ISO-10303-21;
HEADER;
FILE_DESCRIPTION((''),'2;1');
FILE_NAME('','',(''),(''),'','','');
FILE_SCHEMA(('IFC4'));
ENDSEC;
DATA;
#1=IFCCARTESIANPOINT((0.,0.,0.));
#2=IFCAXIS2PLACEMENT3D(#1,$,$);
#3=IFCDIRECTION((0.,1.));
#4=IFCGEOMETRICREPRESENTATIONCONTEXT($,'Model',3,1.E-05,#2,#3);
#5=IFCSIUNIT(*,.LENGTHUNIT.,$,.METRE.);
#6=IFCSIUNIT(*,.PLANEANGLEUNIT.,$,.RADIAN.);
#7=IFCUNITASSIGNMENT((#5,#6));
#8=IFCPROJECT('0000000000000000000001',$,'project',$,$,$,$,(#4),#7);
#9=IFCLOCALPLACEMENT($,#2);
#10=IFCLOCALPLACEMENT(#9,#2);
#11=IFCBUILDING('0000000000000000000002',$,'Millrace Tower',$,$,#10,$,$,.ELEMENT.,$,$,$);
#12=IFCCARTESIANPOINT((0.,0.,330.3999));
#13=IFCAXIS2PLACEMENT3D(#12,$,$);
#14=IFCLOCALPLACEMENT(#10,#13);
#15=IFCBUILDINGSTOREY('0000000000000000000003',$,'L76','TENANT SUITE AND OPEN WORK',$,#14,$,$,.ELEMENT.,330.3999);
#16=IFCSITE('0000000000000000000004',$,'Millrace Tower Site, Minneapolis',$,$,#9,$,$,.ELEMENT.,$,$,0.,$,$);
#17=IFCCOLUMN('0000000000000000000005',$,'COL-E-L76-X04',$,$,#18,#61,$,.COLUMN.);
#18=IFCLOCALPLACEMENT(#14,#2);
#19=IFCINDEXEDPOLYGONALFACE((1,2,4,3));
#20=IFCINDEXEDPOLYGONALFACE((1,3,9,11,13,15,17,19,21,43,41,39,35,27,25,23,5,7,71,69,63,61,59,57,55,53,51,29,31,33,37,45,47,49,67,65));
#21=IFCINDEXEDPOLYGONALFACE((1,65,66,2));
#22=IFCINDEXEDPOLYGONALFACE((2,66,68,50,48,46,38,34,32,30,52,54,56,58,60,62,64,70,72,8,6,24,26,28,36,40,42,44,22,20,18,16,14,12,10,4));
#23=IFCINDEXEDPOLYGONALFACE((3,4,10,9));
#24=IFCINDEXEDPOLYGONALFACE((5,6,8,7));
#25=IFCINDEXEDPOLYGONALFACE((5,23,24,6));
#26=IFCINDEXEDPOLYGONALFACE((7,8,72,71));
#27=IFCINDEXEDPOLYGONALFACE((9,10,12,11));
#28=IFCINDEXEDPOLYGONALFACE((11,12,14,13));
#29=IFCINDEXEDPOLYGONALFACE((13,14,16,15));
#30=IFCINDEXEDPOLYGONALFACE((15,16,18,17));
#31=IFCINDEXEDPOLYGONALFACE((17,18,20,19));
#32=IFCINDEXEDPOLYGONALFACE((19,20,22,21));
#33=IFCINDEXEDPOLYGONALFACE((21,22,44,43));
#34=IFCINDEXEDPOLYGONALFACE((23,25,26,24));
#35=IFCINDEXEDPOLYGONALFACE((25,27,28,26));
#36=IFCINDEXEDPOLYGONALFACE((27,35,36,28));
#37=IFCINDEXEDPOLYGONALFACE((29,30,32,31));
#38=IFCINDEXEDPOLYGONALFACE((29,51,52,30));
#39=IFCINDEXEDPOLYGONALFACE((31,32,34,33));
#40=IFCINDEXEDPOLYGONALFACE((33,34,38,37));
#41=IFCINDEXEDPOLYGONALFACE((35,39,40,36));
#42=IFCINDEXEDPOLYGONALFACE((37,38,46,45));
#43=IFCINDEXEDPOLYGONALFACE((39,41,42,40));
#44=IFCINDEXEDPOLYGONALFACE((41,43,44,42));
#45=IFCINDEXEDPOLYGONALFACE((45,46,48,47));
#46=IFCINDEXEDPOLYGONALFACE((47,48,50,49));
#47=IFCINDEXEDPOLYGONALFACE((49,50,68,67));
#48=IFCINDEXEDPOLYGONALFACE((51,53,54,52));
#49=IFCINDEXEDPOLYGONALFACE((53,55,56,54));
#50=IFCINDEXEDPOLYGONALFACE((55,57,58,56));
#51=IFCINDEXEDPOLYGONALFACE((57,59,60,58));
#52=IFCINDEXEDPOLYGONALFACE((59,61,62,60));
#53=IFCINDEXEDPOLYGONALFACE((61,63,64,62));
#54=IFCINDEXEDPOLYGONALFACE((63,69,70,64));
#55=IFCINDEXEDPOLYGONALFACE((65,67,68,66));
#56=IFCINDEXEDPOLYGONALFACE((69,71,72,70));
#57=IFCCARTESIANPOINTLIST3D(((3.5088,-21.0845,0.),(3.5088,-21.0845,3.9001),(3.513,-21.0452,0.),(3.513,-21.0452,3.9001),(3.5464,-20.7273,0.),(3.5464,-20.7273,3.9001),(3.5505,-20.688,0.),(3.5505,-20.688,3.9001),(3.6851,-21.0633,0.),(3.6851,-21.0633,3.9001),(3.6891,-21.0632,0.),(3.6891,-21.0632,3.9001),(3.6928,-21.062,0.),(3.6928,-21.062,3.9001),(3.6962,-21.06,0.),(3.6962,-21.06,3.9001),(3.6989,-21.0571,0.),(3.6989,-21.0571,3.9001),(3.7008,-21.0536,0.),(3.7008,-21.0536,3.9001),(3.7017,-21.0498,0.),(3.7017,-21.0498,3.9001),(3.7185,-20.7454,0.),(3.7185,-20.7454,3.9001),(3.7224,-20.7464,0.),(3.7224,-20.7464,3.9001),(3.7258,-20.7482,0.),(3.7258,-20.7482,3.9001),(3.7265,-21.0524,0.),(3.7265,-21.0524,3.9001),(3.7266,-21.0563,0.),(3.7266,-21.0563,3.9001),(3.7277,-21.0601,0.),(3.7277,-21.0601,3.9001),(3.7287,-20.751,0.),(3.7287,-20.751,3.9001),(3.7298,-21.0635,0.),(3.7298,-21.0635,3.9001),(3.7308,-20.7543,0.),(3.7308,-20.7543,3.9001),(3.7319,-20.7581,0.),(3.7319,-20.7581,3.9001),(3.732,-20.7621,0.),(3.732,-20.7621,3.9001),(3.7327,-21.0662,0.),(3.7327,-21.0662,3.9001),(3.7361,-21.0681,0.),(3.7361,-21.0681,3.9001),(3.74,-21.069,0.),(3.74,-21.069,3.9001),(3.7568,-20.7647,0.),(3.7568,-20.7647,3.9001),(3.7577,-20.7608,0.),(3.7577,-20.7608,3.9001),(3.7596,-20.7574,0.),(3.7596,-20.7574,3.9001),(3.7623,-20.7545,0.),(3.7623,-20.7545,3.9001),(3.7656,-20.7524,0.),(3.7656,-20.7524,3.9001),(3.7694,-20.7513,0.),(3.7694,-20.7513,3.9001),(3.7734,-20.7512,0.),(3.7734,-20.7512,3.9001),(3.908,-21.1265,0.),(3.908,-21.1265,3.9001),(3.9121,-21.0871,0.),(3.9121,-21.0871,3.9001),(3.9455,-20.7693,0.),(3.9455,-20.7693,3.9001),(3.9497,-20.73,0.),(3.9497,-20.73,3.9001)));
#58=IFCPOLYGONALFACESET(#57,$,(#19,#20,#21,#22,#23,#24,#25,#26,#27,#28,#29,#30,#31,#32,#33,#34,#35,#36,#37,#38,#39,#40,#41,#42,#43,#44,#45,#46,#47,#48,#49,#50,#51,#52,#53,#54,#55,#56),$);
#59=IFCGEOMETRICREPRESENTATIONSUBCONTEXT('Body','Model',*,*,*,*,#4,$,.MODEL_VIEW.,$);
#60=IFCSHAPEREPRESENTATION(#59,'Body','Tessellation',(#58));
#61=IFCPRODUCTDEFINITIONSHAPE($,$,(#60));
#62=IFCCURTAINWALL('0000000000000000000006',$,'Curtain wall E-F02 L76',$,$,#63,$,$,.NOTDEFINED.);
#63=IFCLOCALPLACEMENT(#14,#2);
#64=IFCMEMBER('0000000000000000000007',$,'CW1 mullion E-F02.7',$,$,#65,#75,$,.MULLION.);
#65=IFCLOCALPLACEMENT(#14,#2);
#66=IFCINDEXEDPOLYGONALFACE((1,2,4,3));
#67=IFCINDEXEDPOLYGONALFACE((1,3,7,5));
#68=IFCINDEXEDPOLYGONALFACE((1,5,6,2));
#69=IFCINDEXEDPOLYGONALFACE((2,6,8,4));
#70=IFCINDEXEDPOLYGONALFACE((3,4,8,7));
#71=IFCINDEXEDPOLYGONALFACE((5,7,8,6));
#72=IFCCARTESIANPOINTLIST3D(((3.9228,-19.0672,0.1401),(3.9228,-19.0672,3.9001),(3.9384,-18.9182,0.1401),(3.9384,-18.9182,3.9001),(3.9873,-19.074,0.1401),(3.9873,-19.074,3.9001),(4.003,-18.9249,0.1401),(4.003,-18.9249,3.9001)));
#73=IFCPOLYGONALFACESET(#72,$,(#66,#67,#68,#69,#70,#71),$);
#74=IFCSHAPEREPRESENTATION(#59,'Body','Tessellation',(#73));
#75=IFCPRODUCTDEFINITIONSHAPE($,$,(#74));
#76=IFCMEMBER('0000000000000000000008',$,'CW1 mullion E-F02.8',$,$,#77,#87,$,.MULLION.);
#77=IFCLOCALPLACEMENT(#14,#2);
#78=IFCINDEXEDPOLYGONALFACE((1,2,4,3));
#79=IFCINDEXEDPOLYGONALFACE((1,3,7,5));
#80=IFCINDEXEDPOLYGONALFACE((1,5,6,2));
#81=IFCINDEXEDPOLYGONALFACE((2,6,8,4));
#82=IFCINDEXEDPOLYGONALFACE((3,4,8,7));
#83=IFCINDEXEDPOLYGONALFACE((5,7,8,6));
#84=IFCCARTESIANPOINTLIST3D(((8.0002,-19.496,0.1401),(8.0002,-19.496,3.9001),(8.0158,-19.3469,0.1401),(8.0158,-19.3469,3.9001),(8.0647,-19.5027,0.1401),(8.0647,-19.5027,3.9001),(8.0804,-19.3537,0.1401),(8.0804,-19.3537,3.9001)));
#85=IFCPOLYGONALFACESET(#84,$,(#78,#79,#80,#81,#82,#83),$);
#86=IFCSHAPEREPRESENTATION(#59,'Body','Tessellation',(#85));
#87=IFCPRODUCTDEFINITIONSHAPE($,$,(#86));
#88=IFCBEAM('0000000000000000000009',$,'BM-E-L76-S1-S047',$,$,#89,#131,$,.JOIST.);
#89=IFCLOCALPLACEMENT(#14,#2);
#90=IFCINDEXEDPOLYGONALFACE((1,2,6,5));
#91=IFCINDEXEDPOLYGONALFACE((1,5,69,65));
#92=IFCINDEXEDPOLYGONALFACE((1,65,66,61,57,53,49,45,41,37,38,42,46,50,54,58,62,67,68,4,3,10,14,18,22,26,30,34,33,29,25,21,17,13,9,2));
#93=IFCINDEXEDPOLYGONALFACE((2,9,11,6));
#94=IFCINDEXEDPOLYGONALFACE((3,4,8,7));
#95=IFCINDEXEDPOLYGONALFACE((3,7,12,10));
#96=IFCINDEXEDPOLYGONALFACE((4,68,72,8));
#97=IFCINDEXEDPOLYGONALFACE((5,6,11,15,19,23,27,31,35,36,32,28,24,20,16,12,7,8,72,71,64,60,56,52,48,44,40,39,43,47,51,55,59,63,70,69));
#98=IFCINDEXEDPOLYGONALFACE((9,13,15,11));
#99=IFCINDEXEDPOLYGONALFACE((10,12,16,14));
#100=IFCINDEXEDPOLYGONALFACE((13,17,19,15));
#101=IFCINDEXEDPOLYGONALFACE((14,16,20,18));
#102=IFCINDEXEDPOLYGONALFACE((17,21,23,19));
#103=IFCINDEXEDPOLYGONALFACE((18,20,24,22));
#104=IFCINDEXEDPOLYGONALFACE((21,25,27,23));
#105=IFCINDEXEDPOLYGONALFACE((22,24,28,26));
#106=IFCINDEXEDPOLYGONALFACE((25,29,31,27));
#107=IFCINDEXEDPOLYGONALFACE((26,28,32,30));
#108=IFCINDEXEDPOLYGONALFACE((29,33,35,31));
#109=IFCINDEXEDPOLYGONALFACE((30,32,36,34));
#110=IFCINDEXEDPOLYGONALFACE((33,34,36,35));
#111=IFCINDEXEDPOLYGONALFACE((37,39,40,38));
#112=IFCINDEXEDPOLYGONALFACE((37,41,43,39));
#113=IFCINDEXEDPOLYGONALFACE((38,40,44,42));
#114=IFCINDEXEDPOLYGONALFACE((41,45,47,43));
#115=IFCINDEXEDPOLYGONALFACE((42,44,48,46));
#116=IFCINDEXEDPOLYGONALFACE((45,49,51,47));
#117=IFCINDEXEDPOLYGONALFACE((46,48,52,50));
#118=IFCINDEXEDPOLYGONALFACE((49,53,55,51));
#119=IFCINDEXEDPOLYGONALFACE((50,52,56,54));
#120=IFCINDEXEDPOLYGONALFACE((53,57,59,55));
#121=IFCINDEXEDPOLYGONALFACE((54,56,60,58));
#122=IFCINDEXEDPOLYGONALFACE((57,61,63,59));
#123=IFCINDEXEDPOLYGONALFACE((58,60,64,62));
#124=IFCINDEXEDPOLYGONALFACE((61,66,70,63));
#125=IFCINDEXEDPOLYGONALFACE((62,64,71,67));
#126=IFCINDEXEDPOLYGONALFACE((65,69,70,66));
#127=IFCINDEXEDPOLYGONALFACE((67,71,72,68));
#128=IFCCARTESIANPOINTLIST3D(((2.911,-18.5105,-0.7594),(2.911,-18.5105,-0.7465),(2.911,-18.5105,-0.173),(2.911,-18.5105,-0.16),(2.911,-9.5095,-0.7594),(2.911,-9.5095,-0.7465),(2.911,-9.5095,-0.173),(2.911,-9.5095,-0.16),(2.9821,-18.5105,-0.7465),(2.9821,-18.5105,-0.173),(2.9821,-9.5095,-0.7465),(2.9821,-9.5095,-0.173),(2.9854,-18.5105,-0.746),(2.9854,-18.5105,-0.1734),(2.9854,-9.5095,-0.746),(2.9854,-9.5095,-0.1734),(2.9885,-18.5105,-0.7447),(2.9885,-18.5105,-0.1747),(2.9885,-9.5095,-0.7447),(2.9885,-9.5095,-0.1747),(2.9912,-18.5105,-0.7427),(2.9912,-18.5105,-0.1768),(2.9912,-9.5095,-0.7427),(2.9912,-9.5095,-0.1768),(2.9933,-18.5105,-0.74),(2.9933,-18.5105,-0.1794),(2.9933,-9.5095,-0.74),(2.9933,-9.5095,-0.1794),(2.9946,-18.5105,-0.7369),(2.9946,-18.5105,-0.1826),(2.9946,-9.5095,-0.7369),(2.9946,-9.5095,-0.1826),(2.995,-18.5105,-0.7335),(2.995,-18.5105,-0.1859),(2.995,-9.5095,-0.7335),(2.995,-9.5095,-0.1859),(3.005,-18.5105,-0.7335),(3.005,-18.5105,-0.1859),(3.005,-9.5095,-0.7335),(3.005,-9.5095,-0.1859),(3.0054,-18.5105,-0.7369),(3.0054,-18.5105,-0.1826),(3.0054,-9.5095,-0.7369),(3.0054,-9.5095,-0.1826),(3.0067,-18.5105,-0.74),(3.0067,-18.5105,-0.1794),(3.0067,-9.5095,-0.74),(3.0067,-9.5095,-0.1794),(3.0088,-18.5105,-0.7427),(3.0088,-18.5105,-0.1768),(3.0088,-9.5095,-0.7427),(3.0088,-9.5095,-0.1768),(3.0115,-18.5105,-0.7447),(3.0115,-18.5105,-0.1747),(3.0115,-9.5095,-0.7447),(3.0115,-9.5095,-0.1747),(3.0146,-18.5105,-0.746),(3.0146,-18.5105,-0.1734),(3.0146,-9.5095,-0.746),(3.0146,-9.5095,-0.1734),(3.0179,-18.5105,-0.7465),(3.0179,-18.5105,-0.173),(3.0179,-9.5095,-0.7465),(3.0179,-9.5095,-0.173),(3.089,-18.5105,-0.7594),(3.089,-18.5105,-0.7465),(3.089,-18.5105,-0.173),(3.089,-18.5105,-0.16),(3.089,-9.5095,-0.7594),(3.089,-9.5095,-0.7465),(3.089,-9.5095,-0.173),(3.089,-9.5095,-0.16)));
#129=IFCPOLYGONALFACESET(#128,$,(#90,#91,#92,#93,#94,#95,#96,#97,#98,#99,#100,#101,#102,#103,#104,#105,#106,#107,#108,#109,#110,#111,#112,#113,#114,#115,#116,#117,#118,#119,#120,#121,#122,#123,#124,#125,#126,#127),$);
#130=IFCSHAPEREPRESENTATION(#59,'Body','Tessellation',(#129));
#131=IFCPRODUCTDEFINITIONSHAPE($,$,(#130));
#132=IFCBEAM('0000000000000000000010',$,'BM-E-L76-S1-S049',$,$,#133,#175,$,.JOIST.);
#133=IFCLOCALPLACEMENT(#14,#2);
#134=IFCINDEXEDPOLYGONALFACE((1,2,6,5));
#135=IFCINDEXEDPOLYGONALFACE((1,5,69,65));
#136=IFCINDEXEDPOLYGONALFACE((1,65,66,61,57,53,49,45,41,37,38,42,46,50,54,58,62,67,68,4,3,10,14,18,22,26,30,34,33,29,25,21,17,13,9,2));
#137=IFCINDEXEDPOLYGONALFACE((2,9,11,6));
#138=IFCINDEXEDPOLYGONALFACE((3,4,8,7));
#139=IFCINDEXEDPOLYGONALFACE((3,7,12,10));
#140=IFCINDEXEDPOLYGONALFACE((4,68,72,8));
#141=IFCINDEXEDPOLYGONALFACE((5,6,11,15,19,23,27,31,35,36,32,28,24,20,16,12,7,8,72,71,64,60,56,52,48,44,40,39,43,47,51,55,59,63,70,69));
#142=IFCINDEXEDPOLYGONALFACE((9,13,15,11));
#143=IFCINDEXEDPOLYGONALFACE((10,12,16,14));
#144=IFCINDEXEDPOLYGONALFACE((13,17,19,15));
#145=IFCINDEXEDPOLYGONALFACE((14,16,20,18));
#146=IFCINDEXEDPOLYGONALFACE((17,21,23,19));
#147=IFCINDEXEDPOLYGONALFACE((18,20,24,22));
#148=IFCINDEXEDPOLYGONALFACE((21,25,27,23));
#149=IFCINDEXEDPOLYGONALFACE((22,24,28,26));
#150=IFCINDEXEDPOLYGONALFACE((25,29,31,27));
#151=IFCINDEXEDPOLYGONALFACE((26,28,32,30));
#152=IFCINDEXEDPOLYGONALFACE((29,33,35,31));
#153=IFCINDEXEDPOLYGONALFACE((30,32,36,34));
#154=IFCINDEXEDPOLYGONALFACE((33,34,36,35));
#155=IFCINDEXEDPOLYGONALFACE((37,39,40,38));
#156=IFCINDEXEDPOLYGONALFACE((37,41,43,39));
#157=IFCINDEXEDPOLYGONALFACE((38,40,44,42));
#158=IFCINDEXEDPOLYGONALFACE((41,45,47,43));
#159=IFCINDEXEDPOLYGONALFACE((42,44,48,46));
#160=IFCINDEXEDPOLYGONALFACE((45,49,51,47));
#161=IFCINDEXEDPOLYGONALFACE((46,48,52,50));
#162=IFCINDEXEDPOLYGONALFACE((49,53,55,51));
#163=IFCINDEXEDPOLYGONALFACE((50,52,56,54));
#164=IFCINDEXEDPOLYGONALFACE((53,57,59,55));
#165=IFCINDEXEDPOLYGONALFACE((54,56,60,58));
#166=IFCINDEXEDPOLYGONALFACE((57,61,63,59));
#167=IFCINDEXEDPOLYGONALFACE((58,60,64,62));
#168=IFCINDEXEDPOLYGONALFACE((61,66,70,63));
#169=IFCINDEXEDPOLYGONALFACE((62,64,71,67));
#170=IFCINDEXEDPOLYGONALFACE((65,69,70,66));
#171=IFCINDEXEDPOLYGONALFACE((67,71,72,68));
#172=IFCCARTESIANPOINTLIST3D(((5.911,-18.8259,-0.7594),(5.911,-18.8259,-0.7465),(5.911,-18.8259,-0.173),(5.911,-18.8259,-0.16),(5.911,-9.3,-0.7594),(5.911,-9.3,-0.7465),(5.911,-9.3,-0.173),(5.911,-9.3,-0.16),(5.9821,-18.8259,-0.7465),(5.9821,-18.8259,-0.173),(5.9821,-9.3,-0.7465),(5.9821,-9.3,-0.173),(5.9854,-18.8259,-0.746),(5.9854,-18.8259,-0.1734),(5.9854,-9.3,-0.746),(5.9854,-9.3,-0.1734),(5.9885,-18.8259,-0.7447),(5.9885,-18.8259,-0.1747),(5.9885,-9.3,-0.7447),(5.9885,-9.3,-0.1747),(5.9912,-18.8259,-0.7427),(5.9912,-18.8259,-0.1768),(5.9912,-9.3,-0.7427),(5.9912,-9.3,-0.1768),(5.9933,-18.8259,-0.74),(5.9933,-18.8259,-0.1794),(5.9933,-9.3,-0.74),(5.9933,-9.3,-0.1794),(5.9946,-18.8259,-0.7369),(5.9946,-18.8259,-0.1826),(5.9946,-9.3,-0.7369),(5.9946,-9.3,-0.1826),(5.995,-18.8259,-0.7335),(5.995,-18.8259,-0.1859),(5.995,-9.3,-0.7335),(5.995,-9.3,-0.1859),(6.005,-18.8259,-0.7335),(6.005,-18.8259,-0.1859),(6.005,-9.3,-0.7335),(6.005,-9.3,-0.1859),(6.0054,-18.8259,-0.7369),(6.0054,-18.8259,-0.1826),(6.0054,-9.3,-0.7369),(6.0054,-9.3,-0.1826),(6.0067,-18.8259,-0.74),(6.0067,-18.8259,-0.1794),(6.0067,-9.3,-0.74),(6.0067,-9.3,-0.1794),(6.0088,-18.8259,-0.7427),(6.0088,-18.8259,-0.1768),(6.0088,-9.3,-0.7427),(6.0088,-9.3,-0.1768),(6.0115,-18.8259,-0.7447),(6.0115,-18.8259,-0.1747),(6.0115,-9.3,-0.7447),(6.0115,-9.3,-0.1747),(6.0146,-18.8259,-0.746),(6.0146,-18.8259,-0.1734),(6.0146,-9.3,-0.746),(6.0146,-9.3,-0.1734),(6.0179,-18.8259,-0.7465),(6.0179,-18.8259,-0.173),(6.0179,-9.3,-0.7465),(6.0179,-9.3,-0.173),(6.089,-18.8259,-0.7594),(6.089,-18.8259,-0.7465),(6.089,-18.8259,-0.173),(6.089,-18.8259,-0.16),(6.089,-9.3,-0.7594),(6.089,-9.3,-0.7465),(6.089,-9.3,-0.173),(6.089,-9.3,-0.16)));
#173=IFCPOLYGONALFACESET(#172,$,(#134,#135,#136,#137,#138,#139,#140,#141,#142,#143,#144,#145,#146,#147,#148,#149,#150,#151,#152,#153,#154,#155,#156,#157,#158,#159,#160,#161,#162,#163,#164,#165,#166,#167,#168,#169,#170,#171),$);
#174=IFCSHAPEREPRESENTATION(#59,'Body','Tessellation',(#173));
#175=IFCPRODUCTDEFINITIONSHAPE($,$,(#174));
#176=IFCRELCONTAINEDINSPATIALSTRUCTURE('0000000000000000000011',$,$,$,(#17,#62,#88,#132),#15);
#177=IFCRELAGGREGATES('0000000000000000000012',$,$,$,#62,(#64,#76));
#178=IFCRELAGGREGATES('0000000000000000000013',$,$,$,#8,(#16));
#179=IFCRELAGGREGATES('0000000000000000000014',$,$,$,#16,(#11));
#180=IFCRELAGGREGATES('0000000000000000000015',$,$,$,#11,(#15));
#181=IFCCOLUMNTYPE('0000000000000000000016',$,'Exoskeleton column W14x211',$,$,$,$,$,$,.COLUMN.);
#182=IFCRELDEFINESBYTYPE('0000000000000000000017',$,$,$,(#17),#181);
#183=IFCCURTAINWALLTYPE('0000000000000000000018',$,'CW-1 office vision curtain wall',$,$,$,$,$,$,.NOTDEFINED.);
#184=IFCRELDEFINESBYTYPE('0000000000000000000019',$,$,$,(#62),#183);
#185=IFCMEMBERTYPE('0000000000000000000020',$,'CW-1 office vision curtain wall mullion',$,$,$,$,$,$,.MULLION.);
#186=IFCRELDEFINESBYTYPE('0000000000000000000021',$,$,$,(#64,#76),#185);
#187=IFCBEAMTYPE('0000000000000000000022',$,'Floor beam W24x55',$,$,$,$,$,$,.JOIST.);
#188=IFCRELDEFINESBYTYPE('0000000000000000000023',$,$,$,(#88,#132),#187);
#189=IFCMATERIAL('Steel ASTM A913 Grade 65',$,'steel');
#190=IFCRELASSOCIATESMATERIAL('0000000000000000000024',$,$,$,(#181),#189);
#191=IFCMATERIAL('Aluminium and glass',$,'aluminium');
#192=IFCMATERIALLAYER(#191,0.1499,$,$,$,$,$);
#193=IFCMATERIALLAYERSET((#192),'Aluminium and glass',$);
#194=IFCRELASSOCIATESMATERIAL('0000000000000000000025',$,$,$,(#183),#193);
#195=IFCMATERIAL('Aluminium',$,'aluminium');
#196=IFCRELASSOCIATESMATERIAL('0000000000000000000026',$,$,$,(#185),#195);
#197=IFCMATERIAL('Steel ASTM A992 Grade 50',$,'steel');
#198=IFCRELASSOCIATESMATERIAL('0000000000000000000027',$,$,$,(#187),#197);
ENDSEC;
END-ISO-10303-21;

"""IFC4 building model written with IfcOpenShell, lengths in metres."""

from ifc_helpers import new_model, si_unit, direction, frame, origin, origin_2d, place, context, subcontext, project, spatial, rectangle, i_section, extrude, material, layer, layer_set, material_profile, profile_set, type_object, element, aggregate, save


model = new_model("IFC4")

# Units and contexts
model_context = context("Model", 3, precision=1e-05, world=origin(), true_north=direction((0.0, 1.0)))
body_context = subcontext(model_context, "Body", "Model", "MODEL_VIEW")
ifc_project = project(units=[si_unit("LENGTHUNIT", "METRE"), si_unit("PLANEANGLEUNIT", "RADIAN")], contexts=[model_context])

# Site, building, storey
site_placement = place(None, origin())
site = spatial("IfcSite", under=ifc_project, at=site_placement, Name="Millrace Tower Site, Minneapolis", CompositionType="ELEMENT", RefElevation=0.0)
building_placement = place(site_placement, origin())
building = spatial("IfcBuilding", under=site, at=building_placement, Name="Millrace Tower", CompositionType="ELEMENT")
storey_placement = place(building_placement, frame((0.0, 0.0, 330.3999)))
storey = spatial("IfcBuildingStorey", under=building, at=storey_placement, Name="L76", Description="TENANT SUITE AND OPEN WORK", CompositionType="ELEMENT", Elevation=330.3999)

# Column
ifc_material_1 = material(Name="Steel ASTM A913 Grade 65", Category="steel")
ifc_material_profile_1 = material_profile(ifc_material_1, i_section(OverallWidth=0.4014, OverallDepth=0.3987, WebThickness=0.0249, FlangeThickness=0.0396, FilletRadius=0.0151, at=origin_2d()))
ifc_profile_set_1 = profile_set([ifc_material_profile_1], Name="Steel ASTM A913 Grade 65")
column_type = type_object("IfcColumnType", Name="Exoskeleton column W14x211", PredefinedType="COLUMN", material=ifc_profile_set_1)
column_placement = place(storey_placement, frame((3.7292, -20.9072, 0.0), z_axis=(0.0, 0.0, 1.0), x_axis=(0.994522, -0.104528, 0.0)))
element("IfcColumn", 1, at=column_placement, inside=storey, type_object=column_type, Name="COL-E-L76-X04", PredefinedType="COLUMN", context=body_context, shape_type="SweptSolid", body=[
    extrude(i_section(OverallWidth=0.4014, OverallDepth=0.3987, WebThickness=0.0249, FlangeThickness=0.0396, FilletRadius=0.0151, at=origin_2d()), origin(), (0.0, 0.0, 1.0), 3.9001),
])

# Curtain wall, members
ifc_material_2 = material(Name="Aluminium and glass", Category="aluminium")
ifc_layer_1 = layer(ifc_material_2, 0.1499)
ifc_layer_set_1 = layer_set([ifc_layer_1], Name="Aluminium and glass")
curtain_wall_type = type_object("IfcCurtainWallType", Name="CW-1 office vision curtain wall", PredefinedType="NOTDEFINED", material=ifc_layer_set_1)
placement = place(storey_placement, origin())
curtain_wall = element("IfcCurtainWall", 2, at=placement, inside=storey, type_object=curtain_wall_type, Name="Curtain wall E-F02 L76", PredefinedType="NOTDEFINED")
ifc_material_3 = material(Name="Aluminium", Category="aluminium")
ifc_material_profile_2 = material_profile(ifc_material_3, rectangle(XDim=0.0649, YDim=0.1499, at=origin_2d()))
ifc_profile_set_2 = profile_set([ifc_material_profile_2], Name="Aluminium")
member_type = type_object("IfcMemberType", Name="CW-1 office vision curtain wall mullion", PredefinedType="MULLION", material=ifc_profile_set_2)
member_1_placement = place(storey_placement, frame((3.9629, -18.9961, 0.1401), z_axis=(0.0, 0.0, 1.0), x_axis=(0.994522, -0.104528, 0.0)))
member_1 = element("IfcMember", 3, at=member_1_placement, type_object=member_type, Name="CW1 mullion E-F02.7", PredefinedType="MULLION", context=body_context, shape_type="SweptSolid", body=[
    extrude(rectangle(XDim=0.0649, YDim=0.1499, at=origin_2d()), origin(), (0.0, 0.0, 1.0), 3.76),
])
member_2_placement = place(storey_placement, frame((8.0403, -19.4248, 0.1401), z_axis=(0.0, 0.0, 1.0), x_axis=(0.994522, -0.104528, 0.0)))
member_2 = element("IfcMember", 4, at=member_2_placement, type_object=member_type, Name="CW1 mullion E-F02.8", PredefinedType="MULLION", context=body_context, shape_type="SweptSolid", body=[
    extrude(rectangle(XDim=0.0649, YDim=0.1499, at=origin_2d()), origin(), (0.0, 0.0, 1.0), 3.76),
])
aggregate(curtain_wall, [member_1, member_2])

# Beams
ifc_material_4 = material(Name="Steel ASTM A992 Grade 50", Category="steel")
ifc_material_profile_3 = material_profile(ifc_material_4, i_section(OverallWidth=0.178, OverallDepth=0.5994, WebThickness=0.01, FlangeThickness=0.0129, FilletRadius=0.0129, at=origin_2d()))
ifc_profile_set_3 = profile_set([ifc_material_profile_3], Name="Steel ASTM A992 Grade 50")
beam_type_1 = type_object("IfcBeamType", Name="Floor beam W24x55", PredefinedType="JOIST", material=ifc_profile_set_3)
beam_1_placement = place(storey_placement, frame((3.0, -18.5105, -0.4597), z_axis=(0.0, 1.0, 0.0), x_axis=(-1.0, 0.0, 0.0)))
element("IfcBeam", 5, at=beam_1_placement, inside=storey, type_object=beam_type_1, Name="BM-E-L76-S1-S047", PredefinedType="JOIST", context=body_context, shape_type="SweptSolid", body=[
    extrude(i_section(OverallWidth=0.178, OverallDepth=0.5994, WebThickness=0.01, FlangeThickness=0.0129, FilletRadius=0.0129, at=origin_2d()), origin(), (0.0, 0.0, 1.0), 9.001),
])
beam_2_placement = place(storey_placement, frame((6.0, -18.8259, -0.4597), z_axis=(0.0, 1.0, 0.0), x_axis=(-1.0, 0.0, 0.0)))
element("IfcBeam", 6, at=beam_2_placement, inside=storey, type_object=beam_type_1, Name="BM-E-L76-S1-S049", PredefinedType="JOIST", context=body_context, shape_type="SweptSolid", body=[
    extrude(i_section(OverallWidth=0.178, OverallDepth=0.5994, WebThickness=0.01, FlangeThickness=0.0129, FilletRadius=0.0129, at=origin_2d()), origin(), (0.0, 0.0, 1.0), 9.5259),
])

save(model, "model.ifc")
